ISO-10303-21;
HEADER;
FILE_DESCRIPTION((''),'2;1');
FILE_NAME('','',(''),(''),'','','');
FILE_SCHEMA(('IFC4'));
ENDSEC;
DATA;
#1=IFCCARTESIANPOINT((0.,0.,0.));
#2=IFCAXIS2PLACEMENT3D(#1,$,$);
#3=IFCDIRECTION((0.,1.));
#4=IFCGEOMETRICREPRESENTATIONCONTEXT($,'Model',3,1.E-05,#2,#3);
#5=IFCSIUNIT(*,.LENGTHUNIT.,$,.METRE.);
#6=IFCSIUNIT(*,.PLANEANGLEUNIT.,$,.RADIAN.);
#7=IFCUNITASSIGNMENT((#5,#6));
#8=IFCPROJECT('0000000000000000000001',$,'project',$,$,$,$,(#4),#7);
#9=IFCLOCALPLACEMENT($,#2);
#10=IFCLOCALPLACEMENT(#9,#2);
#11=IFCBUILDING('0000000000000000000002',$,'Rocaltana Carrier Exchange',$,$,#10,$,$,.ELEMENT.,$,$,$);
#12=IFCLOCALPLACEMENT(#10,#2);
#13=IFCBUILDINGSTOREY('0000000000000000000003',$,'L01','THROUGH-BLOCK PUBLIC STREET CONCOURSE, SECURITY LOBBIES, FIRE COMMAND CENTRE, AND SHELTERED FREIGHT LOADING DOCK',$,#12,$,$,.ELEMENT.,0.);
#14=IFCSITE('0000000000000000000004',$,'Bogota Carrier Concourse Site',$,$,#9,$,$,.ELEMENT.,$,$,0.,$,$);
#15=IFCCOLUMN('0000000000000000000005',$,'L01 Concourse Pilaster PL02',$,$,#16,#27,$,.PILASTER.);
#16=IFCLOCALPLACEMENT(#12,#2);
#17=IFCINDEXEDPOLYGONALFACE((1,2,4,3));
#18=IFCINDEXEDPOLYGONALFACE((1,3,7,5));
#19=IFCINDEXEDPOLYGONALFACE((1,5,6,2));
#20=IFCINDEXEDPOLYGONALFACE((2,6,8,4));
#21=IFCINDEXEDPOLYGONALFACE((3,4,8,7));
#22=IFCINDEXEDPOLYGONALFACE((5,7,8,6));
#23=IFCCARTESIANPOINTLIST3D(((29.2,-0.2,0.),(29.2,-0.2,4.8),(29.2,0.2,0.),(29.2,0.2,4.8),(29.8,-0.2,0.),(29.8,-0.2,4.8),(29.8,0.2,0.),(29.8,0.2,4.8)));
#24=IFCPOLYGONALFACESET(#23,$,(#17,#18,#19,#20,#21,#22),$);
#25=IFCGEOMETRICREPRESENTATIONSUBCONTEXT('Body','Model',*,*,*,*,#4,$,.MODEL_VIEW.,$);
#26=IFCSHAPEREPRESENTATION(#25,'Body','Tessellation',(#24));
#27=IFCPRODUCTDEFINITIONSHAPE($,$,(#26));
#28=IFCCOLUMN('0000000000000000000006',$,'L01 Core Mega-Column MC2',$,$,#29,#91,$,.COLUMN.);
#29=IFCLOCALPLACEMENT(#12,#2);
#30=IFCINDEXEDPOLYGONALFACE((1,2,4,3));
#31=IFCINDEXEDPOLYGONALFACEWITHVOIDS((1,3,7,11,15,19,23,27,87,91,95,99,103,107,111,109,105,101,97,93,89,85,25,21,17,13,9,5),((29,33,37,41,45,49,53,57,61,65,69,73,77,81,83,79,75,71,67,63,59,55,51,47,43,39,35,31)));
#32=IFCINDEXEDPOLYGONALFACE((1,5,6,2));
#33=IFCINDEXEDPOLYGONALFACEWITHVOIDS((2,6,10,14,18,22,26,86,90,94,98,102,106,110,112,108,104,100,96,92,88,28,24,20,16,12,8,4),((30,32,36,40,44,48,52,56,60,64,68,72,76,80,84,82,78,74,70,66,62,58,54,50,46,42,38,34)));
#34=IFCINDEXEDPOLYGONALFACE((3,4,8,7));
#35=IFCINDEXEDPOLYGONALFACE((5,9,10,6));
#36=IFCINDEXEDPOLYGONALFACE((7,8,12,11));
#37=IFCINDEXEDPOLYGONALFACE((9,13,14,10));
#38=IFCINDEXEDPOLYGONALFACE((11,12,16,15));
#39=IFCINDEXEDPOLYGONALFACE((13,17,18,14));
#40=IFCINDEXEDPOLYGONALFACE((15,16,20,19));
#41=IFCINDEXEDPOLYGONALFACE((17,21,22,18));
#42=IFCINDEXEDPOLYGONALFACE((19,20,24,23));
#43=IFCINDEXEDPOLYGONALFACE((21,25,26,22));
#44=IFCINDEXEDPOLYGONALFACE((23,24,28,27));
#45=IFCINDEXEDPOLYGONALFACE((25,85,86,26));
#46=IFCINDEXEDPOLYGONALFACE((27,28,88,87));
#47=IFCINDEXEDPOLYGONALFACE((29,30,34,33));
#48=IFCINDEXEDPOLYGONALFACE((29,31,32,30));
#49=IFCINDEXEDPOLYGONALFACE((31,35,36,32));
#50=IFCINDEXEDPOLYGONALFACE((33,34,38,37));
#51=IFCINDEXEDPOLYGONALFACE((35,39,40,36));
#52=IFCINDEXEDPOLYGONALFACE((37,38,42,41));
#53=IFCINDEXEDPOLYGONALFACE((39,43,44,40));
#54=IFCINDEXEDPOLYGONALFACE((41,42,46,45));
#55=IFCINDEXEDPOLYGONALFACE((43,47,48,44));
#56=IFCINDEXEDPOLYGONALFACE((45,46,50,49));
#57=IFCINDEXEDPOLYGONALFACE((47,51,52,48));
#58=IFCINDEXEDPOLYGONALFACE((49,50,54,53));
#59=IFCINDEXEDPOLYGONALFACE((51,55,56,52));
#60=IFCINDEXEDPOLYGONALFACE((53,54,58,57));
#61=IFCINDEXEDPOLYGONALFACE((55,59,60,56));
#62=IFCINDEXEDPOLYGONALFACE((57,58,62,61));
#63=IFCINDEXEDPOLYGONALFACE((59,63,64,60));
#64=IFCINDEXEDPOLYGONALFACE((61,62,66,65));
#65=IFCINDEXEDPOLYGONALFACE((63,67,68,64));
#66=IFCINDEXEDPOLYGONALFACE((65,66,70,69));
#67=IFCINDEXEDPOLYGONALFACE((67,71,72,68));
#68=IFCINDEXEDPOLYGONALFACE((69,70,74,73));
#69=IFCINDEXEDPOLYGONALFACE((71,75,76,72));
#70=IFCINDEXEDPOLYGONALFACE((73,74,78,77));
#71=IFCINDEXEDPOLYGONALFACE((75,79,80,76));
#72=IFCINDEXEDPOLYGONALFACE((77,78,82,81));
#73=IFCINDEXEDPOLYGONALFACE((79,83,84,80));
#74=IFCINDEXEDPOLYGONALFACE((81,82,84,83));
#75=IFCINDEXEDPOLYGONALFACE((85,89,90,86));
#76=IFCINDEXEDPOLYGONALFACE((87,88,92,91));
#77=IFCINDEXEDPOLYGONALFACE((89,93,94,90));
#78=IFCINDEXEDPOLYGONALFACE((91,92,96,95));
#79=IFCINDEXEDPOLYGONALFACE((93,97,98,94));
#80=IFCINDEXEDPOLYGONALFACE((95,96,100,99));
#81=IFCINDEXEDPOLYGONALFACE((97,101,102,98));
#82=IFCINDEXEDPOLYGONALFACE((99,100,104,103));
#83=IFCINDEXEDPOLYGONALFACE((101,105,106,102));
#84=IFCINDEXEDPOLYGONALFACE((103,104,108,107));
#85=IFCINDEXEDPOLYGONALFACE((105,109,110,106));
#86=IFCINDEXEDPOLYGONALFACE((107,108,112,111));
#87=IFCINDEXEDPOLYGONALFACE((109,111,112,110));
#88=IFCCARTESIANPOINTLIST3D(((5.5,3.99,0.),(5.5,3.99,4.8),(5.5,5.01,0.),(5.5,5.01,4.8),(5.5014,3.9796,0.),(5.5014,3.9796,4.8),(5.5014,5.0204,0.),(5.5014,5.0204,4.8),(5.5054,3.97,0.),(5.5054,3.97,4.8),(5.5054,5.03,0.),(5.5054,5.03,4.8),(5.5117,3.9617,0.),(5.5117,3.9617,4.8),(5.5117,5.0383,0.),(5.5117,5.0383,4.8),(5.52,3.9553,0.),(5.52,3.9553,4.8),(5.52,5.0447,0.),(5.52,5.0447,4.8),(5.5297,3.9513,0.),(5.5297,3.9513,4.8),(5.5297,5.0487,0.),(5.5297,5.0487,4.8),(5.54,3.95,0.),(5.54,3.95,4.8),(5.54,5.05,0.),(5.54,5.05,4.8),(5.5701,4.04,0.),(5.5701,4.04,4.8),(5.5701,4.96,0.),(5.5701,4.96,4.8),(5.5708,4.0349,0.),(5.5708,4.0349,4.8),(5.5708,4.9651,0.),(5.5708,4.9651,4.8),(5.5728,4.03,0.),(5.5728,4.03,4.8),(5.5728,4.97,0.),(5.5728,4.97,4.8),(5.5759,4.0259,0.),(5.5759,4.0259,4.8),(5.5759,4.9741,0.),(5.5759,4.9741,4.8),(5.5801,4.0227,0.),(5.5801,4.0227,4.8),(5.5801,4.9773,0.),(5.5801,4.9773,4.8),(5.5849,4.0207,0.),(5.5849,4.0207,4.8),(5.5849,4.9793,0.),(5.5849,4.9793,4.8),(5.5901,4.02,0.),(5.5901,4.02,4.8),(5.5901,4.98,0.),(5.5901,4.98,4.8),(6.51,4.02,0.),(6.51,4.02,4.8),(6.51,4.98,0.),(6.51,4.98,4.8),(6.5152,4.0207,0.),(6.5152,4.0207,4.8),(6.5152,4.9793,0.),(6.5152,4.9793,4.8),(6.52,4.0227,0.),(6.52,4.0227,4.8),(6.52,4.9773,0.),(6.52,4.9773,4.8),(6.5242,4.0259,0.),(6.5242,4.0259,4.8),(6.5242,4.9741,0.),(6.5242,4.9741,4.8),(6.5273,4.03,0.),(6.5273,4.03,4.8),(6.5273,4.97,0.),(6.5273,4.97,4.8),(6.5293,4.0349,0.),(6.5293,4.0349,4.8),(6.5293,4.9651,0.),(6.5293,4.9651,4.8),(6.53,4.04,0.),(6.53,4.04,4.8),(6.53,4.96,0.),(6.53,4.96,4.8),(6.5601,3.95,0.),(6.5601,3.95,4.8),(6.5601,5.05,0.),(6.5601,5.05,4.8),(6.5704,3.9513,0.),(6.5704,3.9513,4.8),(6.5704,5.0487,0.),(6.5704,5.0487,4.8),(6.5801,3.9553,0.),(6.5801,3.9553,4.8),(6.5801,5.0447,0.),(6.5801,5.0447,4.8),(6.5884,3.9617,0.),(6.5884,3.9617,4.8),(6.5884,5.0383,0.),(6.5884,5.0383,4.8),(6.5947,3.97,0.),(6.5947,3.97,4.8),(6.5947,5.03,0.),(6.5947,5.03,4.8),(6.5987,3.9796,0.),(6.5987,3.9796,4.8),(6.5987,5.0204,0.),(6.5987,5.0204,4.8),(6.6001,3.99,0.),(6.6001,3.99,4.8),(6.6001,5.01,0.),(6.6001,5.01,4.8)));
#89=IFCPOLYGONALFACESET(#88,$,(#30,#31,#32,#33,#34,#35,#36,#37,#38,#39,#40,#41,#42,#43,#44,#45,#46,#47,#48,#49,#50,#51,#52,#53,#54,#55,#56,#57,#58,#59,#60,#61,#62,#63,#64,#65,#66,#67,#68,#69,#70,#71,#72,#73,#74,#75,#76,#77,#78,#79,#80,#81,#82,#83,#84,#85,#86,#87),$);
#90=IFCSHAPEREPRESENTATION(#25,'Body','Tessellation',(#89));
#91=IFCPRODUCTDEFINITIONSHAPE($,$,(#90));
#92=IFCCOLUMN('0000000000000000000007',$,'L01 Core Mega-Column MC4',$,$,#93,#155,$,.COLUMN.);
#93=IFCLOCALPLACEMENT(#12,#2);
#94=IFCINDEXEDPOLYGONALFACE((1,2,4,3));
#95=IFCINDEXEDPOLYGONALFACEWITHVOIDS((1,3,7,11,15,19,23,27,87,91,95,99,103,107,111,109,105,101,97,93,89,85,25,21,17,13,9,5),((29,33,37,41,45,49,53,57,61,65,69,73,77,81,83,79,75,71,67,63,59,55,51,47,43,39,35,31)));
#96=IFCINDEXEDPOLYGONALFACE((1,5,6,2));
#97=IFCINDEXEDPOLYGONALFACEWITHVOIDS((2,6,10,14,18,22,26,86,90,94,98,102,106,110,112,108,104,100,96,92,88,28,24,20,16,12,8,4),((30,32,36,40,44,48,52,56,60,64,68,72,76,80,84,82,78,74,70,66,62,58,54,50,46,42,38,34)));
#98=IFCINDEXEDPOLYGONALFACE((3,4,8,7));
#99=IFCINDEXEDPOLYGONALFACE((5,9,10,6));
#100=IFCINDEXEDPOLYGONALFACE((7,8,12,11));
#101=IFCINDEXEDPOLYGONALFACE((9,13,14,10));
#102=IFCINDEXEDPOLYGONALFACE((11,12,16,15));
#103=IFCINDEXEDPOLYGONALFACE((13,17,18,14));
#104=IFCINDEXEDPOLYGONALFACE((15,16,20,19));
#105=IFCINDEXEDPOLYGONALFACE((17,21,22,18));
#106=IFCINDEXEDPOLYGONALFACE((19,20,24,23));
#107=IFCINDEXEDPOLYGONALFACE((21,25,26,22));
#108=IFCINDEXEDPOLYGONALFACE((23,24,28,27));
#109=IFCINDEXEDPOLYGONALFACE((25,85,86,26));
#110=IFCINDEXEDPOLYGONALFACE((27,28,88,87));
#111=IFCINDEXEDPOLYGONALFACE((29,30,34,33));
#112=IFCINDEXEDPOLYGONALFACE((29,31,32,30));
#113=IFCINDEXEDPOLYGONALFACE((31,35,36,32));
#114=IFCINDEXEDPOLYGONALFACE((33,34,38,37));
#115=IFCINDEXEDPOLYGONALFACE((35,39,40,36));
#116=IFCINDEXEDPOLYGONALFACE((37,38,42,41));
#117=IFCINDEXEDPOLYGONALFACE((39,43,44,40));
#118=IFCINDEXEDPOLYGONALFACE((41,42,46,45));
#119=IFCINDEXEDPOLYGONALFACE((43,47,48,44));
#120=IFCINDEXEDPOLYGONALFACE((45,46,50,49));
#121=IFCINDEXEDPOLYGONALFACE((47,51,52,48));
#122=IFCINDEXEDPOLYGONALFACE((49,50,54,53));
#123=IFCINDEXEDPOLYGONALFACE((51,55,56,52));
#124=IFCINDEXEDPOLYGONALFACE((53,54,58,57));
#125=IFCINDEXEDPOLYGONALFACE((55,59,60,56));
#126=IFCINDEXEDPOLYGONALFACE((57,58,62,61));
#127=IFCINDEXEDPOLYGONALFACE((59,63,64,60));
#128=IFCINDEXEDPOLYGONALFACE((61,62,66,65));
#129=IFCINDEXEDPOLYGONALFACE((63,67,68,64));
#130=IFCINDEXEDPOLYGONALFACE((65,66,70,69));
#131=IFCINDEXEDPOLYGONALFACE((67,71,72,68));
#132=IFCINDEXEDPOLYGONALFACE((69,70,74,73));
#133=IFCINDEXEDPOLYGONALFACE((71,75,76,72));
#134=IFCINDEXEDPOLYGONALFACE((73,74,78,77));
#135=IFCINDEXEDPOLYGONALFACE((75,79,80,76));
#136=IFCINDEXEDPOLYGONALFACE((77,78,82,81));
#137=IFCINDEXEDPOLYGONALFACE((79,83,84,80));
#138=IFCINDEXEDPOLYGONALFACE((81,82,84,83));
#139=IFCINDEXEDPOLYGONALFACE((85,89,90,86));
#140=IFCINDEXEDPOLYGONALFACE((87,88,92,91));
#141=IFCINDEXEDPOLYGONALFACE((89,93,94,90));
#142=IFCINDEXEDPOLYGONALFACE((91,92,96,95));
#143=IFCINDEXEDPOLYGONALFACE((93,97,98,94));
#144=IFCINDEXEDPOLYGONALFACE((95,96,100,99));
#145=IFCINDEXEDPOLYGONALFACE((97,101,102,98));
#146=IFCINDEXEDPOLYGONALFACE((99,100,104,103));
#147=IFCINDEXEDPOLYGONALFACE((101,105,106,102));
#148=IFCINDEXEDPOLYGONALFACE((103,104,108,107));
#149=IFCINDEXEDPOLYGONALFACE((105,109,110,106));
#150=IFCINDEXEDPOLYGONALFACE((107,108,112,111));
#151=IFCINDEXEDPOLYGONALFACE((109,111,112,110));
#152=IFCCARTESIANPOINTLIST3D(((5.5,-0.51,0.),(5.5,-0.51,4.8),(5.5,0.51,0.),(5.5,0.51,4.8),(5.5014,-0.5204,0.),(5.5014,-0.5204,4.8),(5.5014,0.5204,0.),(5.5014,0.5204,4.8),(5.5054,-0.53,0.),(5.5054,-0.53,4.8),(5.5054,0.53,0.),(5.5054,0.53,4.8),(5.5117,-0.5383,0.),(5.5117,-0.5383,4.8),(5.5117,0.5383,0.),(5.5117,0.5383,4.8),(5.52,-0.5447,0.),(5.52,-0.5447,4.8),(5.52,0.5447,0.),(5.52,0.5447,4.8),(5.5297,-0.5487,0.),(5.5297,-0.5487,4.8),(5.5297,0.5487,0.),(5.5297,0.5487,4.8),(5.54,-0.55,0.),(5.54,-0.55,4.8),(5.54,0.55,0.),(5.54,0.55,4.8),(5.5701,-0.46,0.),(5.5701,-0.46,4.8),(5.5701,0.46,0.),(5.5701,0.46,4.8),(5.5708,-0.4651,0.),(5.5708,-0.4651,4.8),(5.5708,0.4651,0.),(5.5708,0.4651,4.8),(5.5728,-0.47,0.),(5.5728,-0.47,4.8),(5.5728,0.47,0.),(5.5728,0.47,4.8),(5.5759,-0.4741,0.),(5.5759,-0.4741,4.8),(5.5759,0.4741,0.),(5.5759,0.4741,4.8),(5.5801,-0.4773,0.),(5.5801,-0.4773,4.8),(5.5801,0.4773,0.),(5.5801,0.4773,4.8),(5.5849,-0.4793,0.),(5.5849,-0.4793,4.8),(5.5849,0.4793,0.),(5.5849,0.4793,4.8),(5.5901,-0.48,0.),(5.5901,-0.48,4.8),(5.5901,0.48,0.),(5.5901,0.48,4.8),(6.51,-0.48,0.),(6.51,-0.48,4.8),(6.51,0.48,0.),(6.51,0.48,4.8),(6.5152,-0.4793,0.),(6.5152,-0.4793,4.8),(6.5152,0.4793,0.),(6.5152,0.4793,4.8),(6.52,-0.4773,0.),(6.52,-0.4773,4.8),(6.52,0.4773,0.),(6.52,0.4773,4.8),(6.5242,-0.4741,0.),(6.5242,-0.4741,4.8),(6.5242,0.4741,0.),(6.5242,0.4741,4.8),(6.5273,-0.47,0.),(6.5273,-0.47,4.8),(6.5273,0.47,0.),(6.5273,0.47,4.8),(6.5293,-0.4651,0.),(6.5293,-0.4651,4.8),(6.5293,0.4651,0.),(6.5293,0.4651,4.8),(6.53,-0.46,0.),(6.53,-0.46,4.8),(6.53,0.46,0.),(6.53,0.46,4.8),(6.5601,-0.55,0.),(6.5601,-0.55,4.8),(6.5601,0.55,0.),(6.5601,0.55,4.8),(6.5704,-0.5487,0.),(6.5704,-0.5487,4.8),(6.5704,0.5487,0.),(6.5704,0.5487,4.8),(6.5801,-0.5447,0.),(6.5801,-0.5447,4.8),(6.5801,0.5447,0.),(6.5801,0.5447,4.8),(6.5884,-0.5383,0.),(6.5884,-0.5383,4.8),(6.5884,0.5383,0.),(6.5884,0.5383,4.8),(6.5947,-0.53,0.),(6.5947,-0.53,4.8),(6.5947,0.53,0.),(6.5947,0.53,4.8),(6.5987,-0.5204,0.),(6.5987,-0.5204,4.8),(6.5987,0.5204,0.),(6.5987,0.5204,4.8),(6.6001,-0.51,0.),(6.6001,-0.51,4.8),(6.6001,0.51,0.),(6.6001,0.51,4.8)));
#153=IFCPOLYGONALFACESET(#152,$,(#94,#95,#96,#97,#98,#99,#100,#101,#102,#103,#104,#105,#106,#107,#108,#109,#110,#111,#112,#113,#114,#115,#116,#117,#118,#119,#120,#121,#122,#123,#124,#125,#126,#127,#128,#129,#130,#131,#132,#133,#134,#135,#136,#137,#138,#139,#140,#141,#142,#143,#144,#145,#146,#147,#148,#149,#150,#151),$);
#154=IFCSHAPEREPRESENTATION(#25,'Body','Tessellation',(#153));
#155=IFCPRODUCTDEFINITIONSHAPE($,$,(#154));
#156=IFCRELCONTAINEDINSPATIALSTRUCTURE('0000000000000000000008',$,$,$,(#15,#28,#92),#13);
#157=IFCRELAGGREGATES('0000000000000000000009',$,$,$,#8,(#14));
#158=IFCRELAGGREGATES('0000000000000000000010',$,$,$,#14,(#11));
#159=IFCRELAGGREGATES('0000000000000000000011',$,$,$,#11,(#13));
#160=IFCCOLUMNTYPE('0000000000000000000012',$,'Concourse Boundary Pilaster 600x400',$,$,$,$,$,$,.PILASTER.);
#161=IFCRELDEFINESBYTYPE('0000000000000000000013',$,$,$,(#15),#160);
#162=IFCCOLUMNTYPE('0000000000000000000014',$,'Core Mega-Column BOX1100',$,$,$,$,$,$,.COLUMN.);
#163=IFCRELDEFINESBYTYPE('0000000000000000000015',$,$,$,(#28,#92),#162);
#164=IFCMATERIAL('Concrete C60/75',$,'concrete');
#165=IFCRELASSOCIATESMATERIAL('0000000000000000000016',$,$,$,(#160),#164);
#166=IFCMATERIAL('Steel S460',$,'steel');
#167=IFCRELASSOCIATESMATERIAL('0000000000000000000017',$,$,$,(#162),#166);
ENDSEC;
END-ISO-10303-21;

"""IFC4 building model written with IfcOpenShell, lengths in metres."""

from ifc_helpers import new_model, si_unit, direction, frame, origin, origin_2d, place, context, subcontext, project, spatial, rectangle, hollow_rectangle, extrude, material, material_profile, profile_set, type_object, element, save


model = new_model("IFC4")

# Units and contexts
model_context = context("Model", 3, precision=1e-05, world=origin(), true_north=direction((0.0, 1.0)))
body_context = subcontext(model_context, "Body", "Model", "MODEL_VIEW")
ifc_project = project(units=[si_unit("LENGTHUNIT", "METRE"), si_unit("PLANEANGLEUNIT", "RADIAN")], contexts=[model_context])

# Site, building, storey
site_placement = place(None, origin())
site = spatial("IfcSite", under=ifc_project, at=site_placement, Name="Bogota Carrier Concourse Site", CompositionType="ELEMENT", RefElevation=0.0)
building_placement = place(site_placement, origin())
building = spatial("IfcBuilding", under=site, at=building_placement, Name="Rocaltana Carrier Exchange", CompositionType="ELEMENT")
storey_placement = place(building_placement, origin())
storey = spatial("IfcBuildingStorey", under=building, at=storey_placement, Name="L01", Description="THROUGH-BLOCK PUBLIC STREET CONCOURSE, SECURITY LOBBIES, FIRE COMMAND CENTRE, AND SHELTERED FREIGHT LOADING DOCK", CompositionType="ELEMENT", Elevation=0.0)

# Columns
ifc_material_1 = material(Name="Concrete C60/75", Category="concrete")
ifc_material_profile_1 = material_profile(ifc_material_1, rectangle(XDim=0.6001, YDim=0.3999, at=origin_2d()), Name="RC-PIL-600X400")
ifc_profile_set_1 = profile_set([ifc_material_profile_1], Name="Concrete C60/75")
column_type_1 = type_object("IfcColumnType", Name="Concourse Boundary Pilaster 600x400", PredefinedType="PILASTER", material=ifc_profile_set_1)
column_1_placement = place(storey_placement, frame((29.5, 0.0, 0.0), z_axis=(0.0, 0.0, 1.0), x_axis=(1.0, 0.0, 0.0)))
element("IfcColumn", 1, at=column_1_placement, inside=storey, type_object=column_type_1, Name="L01 Concourse Pilaster PL02", PredefinedType="PILASTER", context=body_context, shape_type="SweptSolid", body=[
    extrude(rectangle(XDim=0.6001, YDim=0.3999, at=origin_2d()), origin(), (0.0, 0.0, 1.0), 4.8),
])
ifc_material_2 = material(Name="Steel S460", Category="steel")
ifc_material_profile_2 = material_profile(ifc_material_2, hollow_rectangle(XDim=1.1001, YDim=1.1001, WallThickness=0.0701, InnerFilletRadius=0.02, OuterFilletRadius=0.04, at=origin_2d()), Name="BOX1100X1100X70")
ifc_profile_set_2 = profile_set([ifc_material_profile_2], Name="Steel S460")
column_type_2 = type_object("IfcColumnType", Name="Core Mega-Column BOX1100", PredefinedType="COLUMN", material=ifc_profile_set_2)
for number, where, z_axis, x_axis, name in (
    (2, (6.05, 4.5, 0.0), (0.0, 0.0, 1.0), (1.0, 0.0, 0.0), "L01 Core Mega-Column MC2"),
    (3, (6.05, 0.0, 0.0), (0.0, 0.0, 1.0), (1.0, 0.0, 0.0), "L01 Core Mega-Column MC4"),
):
    element("IfcColumn", number, at=place(storey_placement, frame(where, z_axis=z_axis, x_axis=x_axis)), inside=storey, type_object=column_type_2, Name=name, PredefinedType="COLUMN", context=body_context, shape_type="SweptSolid", body=[
        extrude(hollow_rectangle(XDim=1.1001, YDim=1.1001, WallThickness=0.0701, InnerFilletRadius=0.02, OuterFilletRadius=0.04, at=origin_2d()), origin(), (0.0, 0.0, 1.0), 4.8),
    ])

save(model, "model.ifc")
